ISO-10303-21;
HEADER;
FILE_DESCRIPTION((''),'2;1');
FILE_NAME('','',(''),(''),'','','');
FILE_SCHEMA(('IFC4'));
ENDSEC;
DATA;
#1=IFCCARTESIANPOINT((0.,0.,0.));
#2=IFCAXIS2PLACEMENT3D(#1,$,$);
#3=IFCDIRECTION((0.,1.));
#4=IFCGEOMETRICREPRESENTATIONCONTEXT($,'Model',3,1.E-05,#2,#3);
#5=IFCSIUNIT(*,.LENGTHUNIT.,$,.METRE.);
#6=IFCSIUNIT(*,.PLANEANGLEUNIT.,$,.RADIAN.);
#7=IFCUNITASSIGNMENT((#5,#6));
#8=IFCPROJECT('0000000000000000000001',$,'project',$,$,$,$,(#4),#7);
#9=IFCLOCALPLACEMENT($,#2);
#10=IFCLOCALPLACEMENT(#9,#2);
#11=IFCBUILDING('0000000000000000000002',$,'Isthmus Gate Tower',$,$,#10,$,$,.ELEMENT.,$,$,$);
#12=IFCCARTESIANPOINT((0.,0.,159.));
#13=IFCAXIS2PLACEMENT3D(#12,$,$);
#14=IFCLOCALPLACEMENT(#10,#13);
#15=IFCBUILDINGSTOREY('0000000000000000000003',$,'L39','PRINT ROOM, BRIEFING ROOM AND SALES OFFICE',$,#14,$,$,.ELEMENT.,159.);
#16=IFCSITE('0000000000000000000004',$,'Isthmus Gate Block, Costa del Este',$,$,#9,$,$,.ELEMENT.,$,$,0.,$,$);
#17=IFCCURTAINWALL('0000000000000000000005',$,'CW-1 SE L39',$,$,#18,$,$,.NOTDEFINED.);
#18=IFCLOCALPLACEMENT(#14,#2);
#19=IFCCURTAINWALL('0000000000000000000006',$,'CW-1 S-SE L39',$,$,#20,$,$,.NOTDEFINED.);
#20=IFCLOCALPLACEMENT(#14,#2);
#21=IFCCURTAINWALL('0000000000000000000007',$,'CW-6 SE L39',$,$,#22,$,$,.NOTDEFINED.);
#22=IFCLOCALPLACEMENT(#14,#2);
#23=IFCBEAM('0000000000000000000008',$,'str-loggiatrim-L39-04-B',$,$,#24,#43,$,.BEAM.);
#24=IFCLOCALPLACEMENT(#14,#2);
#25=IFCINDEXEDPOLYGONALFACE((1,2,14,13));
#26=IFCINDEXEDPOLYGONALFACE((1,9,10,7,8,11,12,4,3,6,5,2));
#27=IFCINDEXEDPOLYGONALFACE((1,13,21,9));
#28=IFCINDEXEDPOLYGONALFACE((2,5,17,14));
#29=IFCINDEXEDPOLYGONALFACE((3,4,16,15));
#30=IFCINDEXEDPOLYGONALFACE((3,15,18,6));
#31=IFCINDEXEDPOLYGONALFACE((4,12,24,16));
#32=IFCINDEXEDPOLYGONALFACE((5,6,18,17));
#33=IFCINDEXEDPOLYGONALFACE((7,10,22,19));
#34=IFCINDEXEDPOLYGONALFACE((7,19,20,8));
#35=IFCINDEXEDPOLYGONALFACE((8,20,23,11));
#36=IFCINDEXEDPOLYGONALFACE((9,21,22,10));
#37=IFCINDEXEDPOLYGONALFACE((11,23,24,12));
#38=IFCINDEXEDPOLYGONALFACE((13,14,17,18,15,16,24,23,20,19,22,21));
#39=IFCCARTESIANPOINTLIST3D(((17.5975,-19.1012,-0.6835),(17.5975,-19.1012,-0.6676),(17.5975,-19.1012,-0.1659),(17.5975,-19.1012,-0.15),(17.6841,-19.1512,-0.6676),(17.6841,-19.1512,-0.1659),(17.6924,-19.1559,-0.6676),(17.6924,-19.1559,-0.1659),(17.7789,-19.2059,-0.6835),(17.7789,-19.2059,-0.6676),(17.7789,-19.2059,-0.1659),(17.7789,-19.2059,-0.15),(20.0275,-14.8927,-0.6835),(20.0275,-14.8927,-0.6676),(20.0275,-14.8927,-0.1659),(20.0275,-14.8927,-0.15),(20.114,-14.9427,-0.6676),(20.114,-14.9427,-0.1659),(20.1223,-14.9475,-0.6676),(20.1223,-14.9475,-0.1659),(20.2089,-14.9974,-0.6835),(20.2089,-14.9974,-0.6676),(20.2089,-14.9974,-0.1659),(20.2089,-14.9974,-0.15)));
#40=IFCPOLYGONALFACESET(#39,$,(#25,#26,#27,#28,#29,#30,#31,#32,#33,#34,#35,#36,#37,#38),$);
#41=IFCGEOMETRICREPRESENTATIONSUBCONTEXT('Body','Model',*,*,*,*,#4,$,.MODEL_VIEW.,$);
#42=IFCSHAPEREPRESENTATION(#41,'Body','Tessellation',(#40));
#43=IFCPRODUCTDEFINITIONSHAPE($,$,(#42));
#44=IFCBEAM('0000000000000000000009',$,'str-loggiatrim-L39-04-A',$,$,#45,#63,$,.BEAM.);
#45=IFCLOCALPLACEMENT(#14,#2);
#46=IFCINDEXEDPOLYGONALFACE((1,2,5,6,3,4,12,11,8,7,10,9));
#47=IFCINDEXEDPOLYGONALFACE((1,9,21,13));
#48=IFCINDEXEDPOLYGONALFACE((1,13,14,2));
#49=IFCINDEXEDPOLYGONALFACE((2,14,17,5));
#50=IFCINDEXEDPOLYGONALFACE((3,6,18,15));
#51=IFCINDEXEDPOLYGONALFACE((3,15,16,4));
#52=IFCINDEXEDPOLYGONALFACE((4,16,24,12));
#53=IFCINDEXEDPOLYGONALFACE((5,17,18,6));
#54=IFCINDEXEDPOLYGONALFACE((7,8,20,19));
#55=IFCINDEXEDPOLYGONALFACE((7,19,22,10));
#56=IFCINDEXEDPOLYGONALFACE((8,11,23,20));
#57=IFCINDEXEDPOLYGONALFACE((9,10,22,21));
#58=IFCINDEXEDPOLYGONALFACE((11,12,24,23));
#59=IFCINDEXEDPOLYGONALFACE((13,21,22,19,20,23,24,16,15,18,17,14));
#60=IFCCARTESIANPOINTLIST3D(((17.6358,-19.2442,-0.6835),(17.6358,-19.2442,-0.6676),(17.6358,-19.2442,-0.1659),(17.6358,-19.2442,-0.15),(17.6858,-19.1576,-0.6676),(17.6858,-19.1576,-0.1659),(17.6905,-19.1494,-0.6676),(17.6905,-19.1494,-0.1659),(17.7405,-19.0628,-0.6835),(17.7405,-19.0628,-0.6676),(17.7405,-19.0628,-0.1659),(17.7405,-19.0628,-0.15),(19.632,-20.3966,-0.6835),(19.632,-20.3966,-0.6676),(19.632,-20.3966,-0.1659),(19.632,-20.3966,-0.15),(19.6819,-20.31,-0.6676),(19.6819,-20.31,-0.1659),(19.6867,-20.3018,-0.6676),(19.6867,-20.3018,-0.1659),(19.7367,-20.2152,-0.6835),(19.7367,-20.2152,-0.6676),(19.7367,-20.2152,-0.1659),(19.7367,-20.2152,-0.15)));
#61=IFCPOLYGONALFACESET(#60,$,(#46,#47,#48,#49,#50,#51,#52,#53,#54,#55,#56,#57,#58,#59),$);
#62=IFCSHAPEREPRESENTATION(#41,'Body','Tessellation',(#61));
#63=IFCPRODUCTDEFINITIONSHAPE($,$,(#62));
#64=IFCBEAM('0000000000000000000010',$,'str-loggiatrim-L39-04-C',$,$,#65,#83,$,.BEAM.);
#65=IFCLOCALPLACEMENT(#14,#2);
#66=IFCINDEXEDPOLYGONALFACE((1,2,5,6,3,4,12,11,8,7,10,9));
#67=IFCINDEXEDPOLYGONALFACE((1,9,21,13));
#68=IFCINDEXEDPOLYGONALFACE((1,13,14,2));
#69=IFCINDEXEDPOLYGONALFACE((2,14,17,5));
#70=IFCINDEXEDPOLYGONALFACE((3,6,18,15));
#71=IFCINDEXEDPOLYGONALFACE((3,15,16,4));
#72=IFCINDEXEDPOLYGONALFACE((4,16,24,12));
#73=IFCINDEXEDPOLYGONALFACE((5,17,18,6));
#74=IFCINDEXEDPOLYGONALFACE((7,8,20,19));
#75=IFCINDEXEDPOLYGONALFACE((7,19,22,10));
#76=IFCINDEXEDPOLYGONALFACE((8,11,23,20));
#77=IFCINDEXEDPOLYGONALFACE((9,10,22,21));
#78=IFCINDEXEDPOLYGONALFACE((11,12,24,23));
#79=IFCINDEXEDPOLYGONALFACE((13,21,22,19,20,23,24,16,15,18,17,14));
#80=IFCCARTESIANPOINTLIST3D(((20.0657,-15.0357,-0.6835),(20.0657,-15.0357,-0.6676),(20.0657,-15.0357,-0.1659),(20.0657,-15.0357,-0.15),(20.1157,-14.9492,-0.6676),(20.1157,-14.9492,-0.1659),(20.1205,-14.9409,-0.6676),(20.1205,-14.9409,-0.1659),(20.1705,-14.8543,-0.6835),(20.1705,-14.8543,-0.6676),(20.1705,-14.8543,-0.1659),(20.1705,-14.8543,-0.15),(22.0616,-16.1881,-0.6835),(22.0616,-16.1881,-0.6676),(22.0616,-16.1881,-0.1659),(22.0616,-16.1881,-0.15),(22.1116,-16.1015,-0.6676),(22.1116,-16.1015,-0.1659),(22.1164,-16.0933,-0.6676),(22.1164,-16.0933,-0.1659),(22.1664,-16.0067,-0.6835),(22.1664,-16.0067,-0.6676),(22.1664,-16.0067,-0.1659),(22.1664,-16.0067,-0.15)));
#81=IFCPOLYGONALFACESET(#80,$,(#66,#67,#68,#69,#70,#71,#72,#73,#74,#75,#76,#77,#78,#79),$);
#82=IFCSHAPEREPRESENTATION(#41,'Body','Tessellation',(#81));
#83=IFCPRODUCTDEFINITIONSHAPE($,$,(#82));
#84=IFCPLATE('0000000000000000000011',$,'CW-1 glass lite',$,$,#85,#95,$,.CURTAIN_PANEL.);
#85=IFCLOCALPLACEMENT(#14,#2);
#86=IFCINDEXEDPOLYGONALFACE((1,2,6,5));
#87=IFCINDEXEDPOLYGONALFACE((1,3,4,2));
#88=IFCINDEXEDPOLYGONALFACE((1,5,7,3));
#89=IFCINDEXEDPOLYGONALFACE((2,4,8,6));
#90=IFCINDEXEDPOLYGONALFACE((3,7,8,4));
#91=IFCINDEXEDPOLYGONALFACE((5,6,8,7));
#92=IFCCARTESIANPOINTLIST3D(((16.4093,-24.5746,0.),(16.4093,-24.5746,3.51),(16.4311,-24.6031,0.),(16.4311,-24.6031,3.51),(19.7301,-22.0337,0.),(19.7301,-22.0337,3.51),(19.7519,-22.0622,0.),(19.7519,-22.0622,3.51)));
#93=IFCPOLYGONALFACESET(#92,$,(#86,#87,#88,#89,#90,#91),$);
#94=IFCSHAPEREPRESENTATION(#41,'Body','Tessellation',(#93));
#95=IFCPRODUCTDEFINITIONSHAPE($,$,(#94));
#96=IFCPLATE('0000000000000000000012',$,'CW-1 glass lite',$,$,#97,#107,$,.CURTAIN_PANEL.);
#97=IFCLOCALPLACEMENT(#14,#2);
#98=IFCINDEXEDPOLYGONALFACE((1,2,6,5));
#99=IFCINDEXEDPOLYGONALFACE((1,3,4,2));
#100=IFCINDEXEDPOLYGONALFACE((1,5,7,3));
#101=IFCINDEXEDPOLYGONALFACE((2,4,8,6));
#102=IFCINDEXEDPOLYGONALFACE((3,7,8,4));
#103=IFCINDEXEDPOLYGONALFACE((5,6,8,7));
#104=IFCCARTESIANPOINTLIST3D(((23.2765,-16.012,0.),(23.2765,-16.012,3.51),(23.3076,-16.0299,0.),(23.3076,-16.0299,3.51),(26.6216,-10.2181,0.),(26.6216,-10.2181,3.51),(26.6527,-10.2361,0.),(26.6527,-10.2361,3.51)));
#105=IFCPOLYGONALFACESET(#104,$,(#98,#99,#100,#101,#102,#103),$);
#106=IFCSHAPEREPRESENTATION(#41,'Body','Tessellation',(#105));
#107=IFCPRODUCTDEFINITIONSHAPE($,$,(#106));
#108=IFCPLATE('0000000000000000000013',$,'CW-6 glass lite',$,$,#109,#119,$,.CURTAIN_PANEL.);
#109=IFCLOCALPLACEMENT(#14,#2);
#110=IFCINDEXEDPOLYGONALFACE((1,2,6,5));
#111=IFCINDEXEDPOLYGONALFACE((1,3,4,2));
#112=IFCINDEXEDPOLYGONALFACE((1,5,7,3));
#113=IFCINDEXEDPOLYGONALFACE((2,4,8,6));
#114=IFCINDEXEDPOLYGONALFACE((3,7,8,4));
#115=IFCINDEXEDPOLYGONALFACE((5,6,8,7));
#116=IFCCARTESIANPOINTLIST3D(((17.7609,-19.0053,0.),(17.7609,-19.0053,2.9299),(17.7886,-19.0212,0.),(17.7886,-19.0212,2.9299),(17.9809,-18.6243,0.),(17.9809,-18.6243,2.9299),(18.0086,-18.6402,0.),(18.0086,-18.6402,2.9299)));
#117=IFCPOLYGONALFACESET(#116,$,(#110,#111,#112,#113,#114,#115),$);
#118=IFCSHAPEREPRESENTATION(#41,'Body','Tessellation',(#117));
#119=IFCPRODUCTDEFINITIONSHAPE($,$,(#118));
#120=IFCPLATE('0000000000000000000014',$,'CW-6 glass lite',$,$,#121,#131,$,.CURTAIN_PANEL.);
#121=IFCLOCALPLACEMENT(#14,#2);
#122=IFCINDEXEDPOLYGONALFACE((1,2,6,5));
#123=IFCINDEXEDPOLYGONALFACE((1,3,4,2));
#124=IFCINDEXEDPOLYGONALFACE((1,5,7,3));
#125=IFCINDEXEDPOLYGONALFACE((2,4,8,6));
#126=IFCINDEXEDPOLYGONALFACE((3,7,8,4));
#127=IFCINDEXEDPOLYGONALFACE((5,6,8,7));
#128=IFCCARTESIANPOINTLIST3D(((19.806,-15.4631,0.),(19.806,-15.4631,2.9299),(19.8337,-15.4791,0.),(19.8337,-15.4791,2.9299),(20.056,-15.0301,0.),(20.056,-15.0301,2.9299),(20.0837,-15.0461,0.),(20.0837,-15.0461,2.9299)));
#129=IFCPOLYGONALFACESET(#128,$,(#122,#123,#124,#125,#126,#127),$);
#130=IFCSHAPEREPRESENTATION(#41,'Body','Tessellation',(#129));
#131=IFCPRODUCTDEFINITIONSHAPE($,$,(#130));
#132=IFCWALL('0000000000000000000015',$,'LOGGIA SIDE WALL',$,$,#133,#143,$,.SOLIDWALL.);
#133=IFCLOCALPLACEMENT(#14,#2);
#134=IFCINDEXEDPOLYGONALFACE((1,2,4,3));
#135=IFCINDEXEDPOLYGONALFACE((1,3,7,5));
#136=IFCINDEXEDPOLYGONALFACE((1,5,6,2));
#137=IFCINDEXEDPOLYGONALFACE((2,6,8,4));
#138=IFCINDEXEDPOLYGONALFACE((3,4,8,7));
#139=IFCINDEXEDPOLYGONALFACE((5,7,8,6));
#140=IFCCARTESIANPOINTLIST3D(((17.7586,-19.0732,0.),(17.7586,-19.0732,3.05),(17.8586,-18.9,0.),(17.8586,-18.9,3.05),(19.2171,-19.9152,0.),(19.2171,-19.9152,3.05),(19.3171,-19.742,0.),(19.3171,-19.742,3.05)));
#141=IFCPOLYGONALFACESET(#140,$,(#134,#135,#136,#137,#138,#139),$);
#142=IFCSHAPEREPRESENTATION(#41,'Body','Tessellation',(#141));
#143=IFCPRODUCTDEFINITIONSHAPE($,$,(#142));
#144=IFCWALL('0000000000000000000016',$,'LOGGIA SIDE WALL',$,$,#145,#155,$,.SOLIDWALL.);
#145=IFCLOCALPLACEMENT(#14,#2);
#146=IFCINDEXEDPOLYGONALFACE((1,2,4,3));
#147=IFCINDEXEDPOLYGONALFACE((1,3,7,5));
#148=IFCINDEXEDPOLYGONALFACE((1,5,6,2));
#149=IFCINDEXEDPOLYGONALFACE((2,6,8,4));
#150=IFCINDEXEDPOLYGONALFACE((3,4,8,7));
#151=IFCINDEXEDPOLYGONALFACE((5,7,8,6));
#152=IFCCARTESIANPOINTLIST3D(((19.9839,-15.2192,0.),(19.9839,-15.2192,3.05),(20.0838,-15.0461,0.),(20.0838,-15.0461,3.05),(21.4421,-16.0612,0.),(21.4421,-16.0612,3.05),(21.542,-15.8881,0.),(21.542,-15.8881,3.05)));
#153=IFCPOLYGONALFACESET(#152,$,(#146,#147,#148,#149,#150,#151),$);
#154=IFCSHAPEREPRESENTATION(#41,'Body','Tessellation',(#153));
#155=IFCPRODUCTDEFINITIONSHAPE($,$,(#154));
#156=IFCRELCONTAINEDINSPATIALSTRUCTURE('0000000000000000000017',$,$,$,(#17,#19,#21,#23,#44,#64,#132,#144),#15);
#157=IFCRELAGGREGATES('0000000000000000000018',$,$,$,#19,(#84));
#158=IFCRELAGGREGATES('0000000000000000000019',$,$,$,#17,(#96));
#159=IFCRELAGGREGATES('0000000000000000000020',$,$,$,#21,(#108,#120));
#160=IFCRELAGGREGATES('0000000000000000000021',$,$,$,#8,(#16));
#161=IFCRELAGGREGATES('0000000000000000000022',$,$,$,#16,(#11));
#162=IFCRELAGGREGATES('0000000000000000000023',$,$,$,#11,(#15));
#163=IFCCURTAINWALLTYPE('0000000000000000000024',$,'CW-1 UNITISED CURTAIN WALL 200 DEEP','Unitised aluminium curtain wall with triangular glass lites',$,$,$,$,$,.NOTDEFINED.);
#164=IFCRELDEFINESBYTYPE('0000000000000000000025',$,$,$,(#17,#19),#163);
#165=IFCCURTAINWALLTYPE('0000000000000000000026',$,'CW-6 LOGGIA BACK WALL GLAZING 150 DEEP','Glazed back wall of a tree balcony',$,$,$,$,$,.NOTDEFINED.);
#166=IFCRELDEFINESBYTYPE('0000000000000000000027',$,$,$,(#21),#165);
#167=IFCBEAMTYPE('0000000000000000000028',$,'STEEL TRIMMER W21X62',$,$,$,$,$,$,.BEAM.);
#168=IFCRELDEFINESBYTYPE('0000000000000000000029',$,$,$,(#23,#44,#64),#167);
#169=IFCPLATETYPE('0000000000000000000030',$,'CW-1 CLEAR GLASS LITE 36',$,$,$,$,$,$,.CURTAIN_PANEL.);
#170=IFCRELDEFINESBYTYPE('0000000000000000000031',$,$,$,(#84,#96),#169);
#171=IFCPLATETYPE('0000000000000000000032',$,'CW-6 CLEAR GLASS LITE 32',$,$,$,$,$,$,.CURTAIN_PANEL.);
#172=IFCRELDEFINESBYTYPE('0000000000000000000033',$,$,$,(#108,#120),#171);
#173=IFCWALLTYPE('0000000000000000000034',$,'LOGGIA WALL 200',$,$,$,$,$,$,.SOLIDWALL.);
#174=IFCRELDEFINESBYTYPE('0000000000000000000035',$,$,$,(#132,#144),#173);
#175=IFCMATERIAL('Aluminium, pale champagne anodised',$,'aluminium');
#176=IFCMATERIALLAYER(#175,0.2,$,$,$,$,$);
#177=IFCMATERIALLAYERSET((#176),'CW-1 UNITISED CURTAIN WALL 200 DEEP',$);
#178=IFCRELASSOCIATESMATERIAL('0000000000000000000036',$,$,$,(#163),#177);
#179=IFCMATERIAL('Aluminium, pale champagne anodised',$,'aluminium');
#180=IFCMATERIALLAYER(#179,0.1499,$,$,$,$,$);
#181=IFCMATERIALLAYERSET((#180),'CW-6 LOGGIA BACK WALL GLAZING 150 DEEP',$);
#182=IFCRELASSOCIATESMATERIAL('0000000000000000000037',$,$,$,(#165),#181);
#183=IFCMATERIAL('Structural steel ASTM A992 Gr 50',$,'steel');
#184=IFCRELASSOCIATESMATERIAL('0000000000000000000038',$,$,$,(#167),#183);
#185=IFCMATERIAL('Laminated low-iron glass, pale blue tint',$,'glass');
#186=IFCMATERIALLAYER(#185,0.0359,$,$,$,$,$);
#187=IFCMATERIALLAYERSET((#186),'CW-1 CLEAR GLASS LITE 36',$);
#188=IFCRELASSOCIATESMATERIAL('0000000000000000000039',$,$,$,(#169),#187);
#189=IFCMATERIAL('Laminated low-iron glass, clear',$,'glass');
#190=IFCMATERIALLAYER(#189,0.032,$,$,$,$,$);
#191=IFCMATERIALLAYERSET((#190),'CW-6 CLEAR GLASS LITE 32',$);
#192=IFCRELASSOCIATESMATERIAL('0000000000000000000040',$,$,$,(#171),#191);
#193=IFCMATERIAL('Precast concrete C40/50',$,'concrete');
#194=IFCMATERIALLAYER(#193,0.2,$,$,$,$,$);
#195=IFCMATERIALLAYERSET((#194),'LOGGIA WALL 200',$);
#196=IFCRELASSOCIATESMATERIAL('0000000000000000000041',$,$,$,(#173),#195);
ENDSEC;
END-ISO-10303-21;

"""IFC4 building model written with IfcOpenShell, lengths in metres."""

from ifc_helpers import new_model, si_unit, direction, frame, frame_2d, origin, origin_2d, place, context, subcontext, project, spatial, rectangle, i_section, extrude, material, layer, layer_set, material_profile, profile_set, type_object, element, aggregate, save


model = new_model("IFC4")

# Units and contexts
model_context = context("Model", 3, precision=1e-05, world=origin(), true_north=direction((0.0, 1.0)))
body_context = subcontext(model_context, "Body", "Model", "MODEL_VIEW")
ifc_project = project(units=[si_unit("LENGTHUNIT", "METRE"), si_unit("PLANEANGLEUNIT", "RADIAN")], contexts=[model_context])

# Site, building, storey
site_placement = place(None, origin())
site = spatial("IfcSite", under=ifc_project, at=site_placement, Name="Isthmus Gate Block, Costa del Este", CompositionType="ELEMENT", RefElevation=0.0)
building_placement = place(site_placement, origin())
building = spatial("IfcBuilding", under=site, at=building_placement, Name="Isthmus Gate Tower", CompositionType="ELEMENT")
storey_placement = place(building_placement, frame((0.0, 0.0, 159.0)))
storey = spatial("IfcBuildingStorey", under=building, at=storey_placement, Name="L39", Description="PRINT ROOM, BRIEFING ROOM AND SALES OFFICE", CompositionType="ELEMENT", Elevation=159.0)

# Curtain walls
ifc_material_1 = material(Name="Aluminium, pale champagne anodised", Category="aluminium")
ifc_layer_1 = layer(ifc_material_1, 0.2)
ifc_layer_set_1 = layer_set([ifc_layer_1], Name="CW-1 UNITISED CURTAIN WALL 200 DEEP")
curtain_wall_type_1 = type_object("IfcCurtainWallType", Name="CW-1 UNITISED CURTAIN WALL 200 DEEP", Description="Unitised aluminium curtain wall with triangular glass lites", PredefinedType="NOTDEFINED", material=ifc_layer_set_1)
curtain_wall_1_placement = place(storey_placement, origin())
curtain_wall_1 = element("IfcCurtainWall", 1, at=curtain_wall_1_placement, inside=storey, type_object=curtain_wall_type_1, Name="CW-1 SE L39", PredefinedType="NOTDEFINED")
curtain_wall_2_placement = place(storey_placement, origin())
curtain_wall_2 = element("IfcCurtainWall", 2, at=curtain_wall_2_placement, inside=storey, type_object=curtain_wall_type_1, Name="CW-1 S-SE L39", PredefinedType="NOTDEFINED")

# Curtain wall
ifc_material_2 = material(Name="Aluminium, pale champagne anodised", Category="aluminium")
ifc_layer_2 = layer(ifc_material_2, 0.1499)
ifc_layer_set_2 = layer_set([ifc_layer_2], Name="CW-6 LOGGIA BACK WALL GLAZING 150 DEEP")
curtain_wall_type_2 = type_object("IfcCurtainWallType", Name="CW-6 LOGGIA BACK WALL GLAZING 150 DEEP", Description="Glazed back wall of a tree balcony", PredefinedType="NOTDEFINED", material=ifc_layer_set_2)
curtain_wall_3_placement = place(storey_placement, origin())
curtain_wall_3 = element("IfcCurtainWall", 3, at=curtain_wall_3_placement, inside=storey, type_object=curtain_wall_type_2, Name="CW-6 SE L39", PredefinedType="NOTDEFINED")

# Beams
ifc_material_3 = material(Name="Structural steel ASTM A992 Gr 50", Category="steel")
ifc_material_profile_1 = material_profile(ifc_material_3, i_section(OverallWidth=0.2095, OverallDepth=0.5334, WebThickness=0.0095, FlangeThickness=0.0159, at=origin_2d()), Name="W21X62")
ifc_profile_set_1 = profile_set([ifc_material_profile_1], Name="Structural steel ASTM A992 Gr 50")
beam_type_1 = type_object("IfcBeamType", Name="STEEL TRIMMER W21X62", PredefinedType="BEAM", material=ifc_profile_set_1)
beam_1_placement = place(storey_placement, frame((17.6882, -19.1536, -0.4167), z_axis=(0.500024, 0.866012, 0.0), x_axis=(-0.866012, 0.500024, 0.0)))
element("IfcBeam", 4, at=beam_1_placement, inside=storey, type_object=beam_type_1, Name="str-loggiatrim-L39-04-B", PredefinedType="BEAM", context=body_context, shape_type="SweptSolid", body=[
    extrude(i_section(OverallWidth=0.2095, OverallDepth=0.5334, WebThickness=0.0095, FlangeThickness=0.0159, at=origin_2d()), origin(), (0.0, 0.0, 1.0), 4.8596),
])
beam_2_placement = place(storey_placement, frame((19.6843, -20.3059, -0.4167), z_axis=(-0.866044, 0.499967, 0.0), x_axis=(-0.499967, -0.866044, 0.0)))
element("IfcBeam", 5, at=beam_2_placement, inside=storey, type_object=beam_type_1, Name="str-loggiatrim-L39-04-A", PredefinedType="BEAM", context=body_context, shape_type="SweptSolid", body=[
    extrude(i_section(OverallWidth=0.2095, OverallDepth=0.5334, WebThickness=0.0095, FlangeThickness=0.0159, at=origin_2d()), origin(), (0.0, 0.0, 1.0), 2.3049),
])
beam_3_placement = place(storey_placement, frame((22.114, -16.0974, -0.4167), z_axis=(-0.866018, 0.500013, 0.0), x_axis=(-0.500013, -0.866018, 0.0)))
element("IfcBeam", 6, at=beam_3_placement, inside=storey, type_object=beam_type_1, Name="str-loggiatrim-L39-04-C", PredefinedType="BEAM", context=body_context, shape_type="SweptSolid", body=[
    extrude(i_section(OverallWidth=0.2095, OverallDepth=0.5334, WebThickness=0.0095, FlangeThickness=0.0159, at=origin_2d()), origin(), (0.0, 0.0, 1.0), 2.3047),
])

# Plates
ifc_material_4 = material(Name="Laminated low-iron glass, pale blue tint", Category="glass")
ifc_layer_3 = layer(ifc_material_4, 0.0359)
ifc_layer_set_3 = layer_set([ifc_layer_3], Name="CW-1 CLEAR GLASS LITE 36")
plate_type_1 = type_object("IfcPlateType", Name="CW-1 CLEAR GLASS LITE 36", PredefinedType="CURTAIN_PANEL", material=ifc_layer_set_3)
plate_1_placement = place(storey_placement, frame((18.0806, -23.3184, 0.0), z_axis=(0.0, 0.0, 1.0), x_axis=(0.794189, 0.607671, 0.0)))
plate_1 = element("IfcPlate", 7, at=plate_1_placement, type_object=plate_type_1, Name="CW-1 glass lite", PredefinedType="CURTAIN_PANEL", context=body_context, shape_type="SweptSolid", body=[
    extrude(rectangle(XDim=4.1814, YDim=0.0359, at=origin_2d()), origin(), (0.0, 0.0, 1.0), 3.51),
])
aggregate(curtain_wall_2, [plate_1])
plate_2_placement = place(storey_placement, frame((24.9646, -13.124, 0.0), z_axis=(0.0, 0.0, 1.0), x_axis=(0.5, 0.866025, 0.0)))
plate_2 = element("IfcPlate", 8, at=plate_2_placement, type_object=plate_type_1, Name="CW-1 glass lite", PredefinedType="CURTAIN_PANEL", context=body_context, shape_type="SweptSolid", body=[
    extrude(rectangle(XDim=6.6902, YDim=0.0359, at=origin_2d()), origin(), (0.0, 0.0, 1.0), 3.51),
])
aggregate(curtain_wall_1, [plate_2])
ifc_material_5 = material(Name="Laminated low-iron glass, clear", Category="glass")
ifc_layer_4 = layer(ifc_material_5, 0.032)
ifc_layer_set_4 = layer_set([ifc_layer_4], Name="CW-6 CLEAR GLASS LITE 32")
plate_type_2 = type_object("IfcPlateType", Name="CW-6 CLEAR GLASS LITE 32", PredefinedType="CURTAIN_PANEL", material=ifc_layer_set_4)
plate_3_placement = place(storey_placement, frame((17.8848, -18.8228, 0.0), z_axis=(0.0, 0.0, 1.0), x_axis=(0.5, 0.866025, 0.0)))
plate_3 = element("IfcPlate", 9, at=plate_3_placement, type_object=plate_type_2, Name="CW-6 glass lite", PredefinedType="CURTAIN_PANEL", context=body_context, shape_type="SweptSolid", body=[
    extrude(rectangle(XDim=0.4399, YDim=0.032, at=origin_2d()), origin(), (0.0, 0.0, 1.0), 2.9299),
])
plate_4_placement = place(storey_placement, frame((19.9448, -15.2546, 0.0), z_axis=(0.0, 0.0, 1.0), x_axis=(0.5, 0.866025, 0.0)))
plate_4 = element("IfcPlate", 10, at=plate_4_placement, type_object=plate_type_2, Name="CW-6 glass lite", PredefinedType="CURTAIN_PANEL", context=body_context, shape_type="SweptSolid", body=[
    extrude(rectangle(XDim=0.5, YDim=0.032, at=origin_2d()), origin(), (0.0, 0.0, 1.0), 2.9299),
])
aggregate(curtain_wall_3, [plate_3, plate_4])

# Shared definitions
ifc_material_6 = material(Name="Precast concrete C40/50", Category="concrete")
ifc_layer_5 = layer(ifc_material_6, 0.2)
ifc_layer_set_5 = layer_set([ifc_layer_5], Name="LOGGIA WALL 200")
wall_type = type_object("IfcWallType", Name="LOGGIA WALL 200", PredefinedType="SOLIDWALL", material=ifc_layer_set_5)

# Walls
wall_1_placement = place(storey_placement, frame((19.2671, -19.8286, 0.0), z_axis=(0.0, 0.0, 1.0), x_axis=(-0.866031, 0.49999, 0.0)))
element("IfcWall", 11, at=wall_1_placement, inside=storey, type_object=wall_type, Name="LOGGIA SIDE WALL", PredefinedType="SOLIDWALL", context=body_context, shape_type="SweptSolid", body=[
    extrude(rectangle(XDim=1.6841, YDim=0.2, at=frame_2d((0.842, 0.0))), origin(), (0.0, 0.0, 1.0), 3.05),
])
wall_2_placement = place(storey_placement, frame((21.4919, -15.9746, 0.0), z_axis=(0.0, 0.0, 1.0), x_axis=(-0.865995, 0.500053, 0.0)))
element("IfcWall", 12, at=wall_2_placement, inside=storey, type_object=wall_type, Name="LOGGIA SIDE WALL", PredefinedType="SOLIDWALL", context=body_context, shape_type="SweptSolid", body=[
    extrude(rectangle(XDim=1.6838, YDim=0.2, at=frame_2d((0.8418, 0.0))), origin(), (0.0, 0.0, 1.0), 3.05),
])

save(model, "model.ifc")
